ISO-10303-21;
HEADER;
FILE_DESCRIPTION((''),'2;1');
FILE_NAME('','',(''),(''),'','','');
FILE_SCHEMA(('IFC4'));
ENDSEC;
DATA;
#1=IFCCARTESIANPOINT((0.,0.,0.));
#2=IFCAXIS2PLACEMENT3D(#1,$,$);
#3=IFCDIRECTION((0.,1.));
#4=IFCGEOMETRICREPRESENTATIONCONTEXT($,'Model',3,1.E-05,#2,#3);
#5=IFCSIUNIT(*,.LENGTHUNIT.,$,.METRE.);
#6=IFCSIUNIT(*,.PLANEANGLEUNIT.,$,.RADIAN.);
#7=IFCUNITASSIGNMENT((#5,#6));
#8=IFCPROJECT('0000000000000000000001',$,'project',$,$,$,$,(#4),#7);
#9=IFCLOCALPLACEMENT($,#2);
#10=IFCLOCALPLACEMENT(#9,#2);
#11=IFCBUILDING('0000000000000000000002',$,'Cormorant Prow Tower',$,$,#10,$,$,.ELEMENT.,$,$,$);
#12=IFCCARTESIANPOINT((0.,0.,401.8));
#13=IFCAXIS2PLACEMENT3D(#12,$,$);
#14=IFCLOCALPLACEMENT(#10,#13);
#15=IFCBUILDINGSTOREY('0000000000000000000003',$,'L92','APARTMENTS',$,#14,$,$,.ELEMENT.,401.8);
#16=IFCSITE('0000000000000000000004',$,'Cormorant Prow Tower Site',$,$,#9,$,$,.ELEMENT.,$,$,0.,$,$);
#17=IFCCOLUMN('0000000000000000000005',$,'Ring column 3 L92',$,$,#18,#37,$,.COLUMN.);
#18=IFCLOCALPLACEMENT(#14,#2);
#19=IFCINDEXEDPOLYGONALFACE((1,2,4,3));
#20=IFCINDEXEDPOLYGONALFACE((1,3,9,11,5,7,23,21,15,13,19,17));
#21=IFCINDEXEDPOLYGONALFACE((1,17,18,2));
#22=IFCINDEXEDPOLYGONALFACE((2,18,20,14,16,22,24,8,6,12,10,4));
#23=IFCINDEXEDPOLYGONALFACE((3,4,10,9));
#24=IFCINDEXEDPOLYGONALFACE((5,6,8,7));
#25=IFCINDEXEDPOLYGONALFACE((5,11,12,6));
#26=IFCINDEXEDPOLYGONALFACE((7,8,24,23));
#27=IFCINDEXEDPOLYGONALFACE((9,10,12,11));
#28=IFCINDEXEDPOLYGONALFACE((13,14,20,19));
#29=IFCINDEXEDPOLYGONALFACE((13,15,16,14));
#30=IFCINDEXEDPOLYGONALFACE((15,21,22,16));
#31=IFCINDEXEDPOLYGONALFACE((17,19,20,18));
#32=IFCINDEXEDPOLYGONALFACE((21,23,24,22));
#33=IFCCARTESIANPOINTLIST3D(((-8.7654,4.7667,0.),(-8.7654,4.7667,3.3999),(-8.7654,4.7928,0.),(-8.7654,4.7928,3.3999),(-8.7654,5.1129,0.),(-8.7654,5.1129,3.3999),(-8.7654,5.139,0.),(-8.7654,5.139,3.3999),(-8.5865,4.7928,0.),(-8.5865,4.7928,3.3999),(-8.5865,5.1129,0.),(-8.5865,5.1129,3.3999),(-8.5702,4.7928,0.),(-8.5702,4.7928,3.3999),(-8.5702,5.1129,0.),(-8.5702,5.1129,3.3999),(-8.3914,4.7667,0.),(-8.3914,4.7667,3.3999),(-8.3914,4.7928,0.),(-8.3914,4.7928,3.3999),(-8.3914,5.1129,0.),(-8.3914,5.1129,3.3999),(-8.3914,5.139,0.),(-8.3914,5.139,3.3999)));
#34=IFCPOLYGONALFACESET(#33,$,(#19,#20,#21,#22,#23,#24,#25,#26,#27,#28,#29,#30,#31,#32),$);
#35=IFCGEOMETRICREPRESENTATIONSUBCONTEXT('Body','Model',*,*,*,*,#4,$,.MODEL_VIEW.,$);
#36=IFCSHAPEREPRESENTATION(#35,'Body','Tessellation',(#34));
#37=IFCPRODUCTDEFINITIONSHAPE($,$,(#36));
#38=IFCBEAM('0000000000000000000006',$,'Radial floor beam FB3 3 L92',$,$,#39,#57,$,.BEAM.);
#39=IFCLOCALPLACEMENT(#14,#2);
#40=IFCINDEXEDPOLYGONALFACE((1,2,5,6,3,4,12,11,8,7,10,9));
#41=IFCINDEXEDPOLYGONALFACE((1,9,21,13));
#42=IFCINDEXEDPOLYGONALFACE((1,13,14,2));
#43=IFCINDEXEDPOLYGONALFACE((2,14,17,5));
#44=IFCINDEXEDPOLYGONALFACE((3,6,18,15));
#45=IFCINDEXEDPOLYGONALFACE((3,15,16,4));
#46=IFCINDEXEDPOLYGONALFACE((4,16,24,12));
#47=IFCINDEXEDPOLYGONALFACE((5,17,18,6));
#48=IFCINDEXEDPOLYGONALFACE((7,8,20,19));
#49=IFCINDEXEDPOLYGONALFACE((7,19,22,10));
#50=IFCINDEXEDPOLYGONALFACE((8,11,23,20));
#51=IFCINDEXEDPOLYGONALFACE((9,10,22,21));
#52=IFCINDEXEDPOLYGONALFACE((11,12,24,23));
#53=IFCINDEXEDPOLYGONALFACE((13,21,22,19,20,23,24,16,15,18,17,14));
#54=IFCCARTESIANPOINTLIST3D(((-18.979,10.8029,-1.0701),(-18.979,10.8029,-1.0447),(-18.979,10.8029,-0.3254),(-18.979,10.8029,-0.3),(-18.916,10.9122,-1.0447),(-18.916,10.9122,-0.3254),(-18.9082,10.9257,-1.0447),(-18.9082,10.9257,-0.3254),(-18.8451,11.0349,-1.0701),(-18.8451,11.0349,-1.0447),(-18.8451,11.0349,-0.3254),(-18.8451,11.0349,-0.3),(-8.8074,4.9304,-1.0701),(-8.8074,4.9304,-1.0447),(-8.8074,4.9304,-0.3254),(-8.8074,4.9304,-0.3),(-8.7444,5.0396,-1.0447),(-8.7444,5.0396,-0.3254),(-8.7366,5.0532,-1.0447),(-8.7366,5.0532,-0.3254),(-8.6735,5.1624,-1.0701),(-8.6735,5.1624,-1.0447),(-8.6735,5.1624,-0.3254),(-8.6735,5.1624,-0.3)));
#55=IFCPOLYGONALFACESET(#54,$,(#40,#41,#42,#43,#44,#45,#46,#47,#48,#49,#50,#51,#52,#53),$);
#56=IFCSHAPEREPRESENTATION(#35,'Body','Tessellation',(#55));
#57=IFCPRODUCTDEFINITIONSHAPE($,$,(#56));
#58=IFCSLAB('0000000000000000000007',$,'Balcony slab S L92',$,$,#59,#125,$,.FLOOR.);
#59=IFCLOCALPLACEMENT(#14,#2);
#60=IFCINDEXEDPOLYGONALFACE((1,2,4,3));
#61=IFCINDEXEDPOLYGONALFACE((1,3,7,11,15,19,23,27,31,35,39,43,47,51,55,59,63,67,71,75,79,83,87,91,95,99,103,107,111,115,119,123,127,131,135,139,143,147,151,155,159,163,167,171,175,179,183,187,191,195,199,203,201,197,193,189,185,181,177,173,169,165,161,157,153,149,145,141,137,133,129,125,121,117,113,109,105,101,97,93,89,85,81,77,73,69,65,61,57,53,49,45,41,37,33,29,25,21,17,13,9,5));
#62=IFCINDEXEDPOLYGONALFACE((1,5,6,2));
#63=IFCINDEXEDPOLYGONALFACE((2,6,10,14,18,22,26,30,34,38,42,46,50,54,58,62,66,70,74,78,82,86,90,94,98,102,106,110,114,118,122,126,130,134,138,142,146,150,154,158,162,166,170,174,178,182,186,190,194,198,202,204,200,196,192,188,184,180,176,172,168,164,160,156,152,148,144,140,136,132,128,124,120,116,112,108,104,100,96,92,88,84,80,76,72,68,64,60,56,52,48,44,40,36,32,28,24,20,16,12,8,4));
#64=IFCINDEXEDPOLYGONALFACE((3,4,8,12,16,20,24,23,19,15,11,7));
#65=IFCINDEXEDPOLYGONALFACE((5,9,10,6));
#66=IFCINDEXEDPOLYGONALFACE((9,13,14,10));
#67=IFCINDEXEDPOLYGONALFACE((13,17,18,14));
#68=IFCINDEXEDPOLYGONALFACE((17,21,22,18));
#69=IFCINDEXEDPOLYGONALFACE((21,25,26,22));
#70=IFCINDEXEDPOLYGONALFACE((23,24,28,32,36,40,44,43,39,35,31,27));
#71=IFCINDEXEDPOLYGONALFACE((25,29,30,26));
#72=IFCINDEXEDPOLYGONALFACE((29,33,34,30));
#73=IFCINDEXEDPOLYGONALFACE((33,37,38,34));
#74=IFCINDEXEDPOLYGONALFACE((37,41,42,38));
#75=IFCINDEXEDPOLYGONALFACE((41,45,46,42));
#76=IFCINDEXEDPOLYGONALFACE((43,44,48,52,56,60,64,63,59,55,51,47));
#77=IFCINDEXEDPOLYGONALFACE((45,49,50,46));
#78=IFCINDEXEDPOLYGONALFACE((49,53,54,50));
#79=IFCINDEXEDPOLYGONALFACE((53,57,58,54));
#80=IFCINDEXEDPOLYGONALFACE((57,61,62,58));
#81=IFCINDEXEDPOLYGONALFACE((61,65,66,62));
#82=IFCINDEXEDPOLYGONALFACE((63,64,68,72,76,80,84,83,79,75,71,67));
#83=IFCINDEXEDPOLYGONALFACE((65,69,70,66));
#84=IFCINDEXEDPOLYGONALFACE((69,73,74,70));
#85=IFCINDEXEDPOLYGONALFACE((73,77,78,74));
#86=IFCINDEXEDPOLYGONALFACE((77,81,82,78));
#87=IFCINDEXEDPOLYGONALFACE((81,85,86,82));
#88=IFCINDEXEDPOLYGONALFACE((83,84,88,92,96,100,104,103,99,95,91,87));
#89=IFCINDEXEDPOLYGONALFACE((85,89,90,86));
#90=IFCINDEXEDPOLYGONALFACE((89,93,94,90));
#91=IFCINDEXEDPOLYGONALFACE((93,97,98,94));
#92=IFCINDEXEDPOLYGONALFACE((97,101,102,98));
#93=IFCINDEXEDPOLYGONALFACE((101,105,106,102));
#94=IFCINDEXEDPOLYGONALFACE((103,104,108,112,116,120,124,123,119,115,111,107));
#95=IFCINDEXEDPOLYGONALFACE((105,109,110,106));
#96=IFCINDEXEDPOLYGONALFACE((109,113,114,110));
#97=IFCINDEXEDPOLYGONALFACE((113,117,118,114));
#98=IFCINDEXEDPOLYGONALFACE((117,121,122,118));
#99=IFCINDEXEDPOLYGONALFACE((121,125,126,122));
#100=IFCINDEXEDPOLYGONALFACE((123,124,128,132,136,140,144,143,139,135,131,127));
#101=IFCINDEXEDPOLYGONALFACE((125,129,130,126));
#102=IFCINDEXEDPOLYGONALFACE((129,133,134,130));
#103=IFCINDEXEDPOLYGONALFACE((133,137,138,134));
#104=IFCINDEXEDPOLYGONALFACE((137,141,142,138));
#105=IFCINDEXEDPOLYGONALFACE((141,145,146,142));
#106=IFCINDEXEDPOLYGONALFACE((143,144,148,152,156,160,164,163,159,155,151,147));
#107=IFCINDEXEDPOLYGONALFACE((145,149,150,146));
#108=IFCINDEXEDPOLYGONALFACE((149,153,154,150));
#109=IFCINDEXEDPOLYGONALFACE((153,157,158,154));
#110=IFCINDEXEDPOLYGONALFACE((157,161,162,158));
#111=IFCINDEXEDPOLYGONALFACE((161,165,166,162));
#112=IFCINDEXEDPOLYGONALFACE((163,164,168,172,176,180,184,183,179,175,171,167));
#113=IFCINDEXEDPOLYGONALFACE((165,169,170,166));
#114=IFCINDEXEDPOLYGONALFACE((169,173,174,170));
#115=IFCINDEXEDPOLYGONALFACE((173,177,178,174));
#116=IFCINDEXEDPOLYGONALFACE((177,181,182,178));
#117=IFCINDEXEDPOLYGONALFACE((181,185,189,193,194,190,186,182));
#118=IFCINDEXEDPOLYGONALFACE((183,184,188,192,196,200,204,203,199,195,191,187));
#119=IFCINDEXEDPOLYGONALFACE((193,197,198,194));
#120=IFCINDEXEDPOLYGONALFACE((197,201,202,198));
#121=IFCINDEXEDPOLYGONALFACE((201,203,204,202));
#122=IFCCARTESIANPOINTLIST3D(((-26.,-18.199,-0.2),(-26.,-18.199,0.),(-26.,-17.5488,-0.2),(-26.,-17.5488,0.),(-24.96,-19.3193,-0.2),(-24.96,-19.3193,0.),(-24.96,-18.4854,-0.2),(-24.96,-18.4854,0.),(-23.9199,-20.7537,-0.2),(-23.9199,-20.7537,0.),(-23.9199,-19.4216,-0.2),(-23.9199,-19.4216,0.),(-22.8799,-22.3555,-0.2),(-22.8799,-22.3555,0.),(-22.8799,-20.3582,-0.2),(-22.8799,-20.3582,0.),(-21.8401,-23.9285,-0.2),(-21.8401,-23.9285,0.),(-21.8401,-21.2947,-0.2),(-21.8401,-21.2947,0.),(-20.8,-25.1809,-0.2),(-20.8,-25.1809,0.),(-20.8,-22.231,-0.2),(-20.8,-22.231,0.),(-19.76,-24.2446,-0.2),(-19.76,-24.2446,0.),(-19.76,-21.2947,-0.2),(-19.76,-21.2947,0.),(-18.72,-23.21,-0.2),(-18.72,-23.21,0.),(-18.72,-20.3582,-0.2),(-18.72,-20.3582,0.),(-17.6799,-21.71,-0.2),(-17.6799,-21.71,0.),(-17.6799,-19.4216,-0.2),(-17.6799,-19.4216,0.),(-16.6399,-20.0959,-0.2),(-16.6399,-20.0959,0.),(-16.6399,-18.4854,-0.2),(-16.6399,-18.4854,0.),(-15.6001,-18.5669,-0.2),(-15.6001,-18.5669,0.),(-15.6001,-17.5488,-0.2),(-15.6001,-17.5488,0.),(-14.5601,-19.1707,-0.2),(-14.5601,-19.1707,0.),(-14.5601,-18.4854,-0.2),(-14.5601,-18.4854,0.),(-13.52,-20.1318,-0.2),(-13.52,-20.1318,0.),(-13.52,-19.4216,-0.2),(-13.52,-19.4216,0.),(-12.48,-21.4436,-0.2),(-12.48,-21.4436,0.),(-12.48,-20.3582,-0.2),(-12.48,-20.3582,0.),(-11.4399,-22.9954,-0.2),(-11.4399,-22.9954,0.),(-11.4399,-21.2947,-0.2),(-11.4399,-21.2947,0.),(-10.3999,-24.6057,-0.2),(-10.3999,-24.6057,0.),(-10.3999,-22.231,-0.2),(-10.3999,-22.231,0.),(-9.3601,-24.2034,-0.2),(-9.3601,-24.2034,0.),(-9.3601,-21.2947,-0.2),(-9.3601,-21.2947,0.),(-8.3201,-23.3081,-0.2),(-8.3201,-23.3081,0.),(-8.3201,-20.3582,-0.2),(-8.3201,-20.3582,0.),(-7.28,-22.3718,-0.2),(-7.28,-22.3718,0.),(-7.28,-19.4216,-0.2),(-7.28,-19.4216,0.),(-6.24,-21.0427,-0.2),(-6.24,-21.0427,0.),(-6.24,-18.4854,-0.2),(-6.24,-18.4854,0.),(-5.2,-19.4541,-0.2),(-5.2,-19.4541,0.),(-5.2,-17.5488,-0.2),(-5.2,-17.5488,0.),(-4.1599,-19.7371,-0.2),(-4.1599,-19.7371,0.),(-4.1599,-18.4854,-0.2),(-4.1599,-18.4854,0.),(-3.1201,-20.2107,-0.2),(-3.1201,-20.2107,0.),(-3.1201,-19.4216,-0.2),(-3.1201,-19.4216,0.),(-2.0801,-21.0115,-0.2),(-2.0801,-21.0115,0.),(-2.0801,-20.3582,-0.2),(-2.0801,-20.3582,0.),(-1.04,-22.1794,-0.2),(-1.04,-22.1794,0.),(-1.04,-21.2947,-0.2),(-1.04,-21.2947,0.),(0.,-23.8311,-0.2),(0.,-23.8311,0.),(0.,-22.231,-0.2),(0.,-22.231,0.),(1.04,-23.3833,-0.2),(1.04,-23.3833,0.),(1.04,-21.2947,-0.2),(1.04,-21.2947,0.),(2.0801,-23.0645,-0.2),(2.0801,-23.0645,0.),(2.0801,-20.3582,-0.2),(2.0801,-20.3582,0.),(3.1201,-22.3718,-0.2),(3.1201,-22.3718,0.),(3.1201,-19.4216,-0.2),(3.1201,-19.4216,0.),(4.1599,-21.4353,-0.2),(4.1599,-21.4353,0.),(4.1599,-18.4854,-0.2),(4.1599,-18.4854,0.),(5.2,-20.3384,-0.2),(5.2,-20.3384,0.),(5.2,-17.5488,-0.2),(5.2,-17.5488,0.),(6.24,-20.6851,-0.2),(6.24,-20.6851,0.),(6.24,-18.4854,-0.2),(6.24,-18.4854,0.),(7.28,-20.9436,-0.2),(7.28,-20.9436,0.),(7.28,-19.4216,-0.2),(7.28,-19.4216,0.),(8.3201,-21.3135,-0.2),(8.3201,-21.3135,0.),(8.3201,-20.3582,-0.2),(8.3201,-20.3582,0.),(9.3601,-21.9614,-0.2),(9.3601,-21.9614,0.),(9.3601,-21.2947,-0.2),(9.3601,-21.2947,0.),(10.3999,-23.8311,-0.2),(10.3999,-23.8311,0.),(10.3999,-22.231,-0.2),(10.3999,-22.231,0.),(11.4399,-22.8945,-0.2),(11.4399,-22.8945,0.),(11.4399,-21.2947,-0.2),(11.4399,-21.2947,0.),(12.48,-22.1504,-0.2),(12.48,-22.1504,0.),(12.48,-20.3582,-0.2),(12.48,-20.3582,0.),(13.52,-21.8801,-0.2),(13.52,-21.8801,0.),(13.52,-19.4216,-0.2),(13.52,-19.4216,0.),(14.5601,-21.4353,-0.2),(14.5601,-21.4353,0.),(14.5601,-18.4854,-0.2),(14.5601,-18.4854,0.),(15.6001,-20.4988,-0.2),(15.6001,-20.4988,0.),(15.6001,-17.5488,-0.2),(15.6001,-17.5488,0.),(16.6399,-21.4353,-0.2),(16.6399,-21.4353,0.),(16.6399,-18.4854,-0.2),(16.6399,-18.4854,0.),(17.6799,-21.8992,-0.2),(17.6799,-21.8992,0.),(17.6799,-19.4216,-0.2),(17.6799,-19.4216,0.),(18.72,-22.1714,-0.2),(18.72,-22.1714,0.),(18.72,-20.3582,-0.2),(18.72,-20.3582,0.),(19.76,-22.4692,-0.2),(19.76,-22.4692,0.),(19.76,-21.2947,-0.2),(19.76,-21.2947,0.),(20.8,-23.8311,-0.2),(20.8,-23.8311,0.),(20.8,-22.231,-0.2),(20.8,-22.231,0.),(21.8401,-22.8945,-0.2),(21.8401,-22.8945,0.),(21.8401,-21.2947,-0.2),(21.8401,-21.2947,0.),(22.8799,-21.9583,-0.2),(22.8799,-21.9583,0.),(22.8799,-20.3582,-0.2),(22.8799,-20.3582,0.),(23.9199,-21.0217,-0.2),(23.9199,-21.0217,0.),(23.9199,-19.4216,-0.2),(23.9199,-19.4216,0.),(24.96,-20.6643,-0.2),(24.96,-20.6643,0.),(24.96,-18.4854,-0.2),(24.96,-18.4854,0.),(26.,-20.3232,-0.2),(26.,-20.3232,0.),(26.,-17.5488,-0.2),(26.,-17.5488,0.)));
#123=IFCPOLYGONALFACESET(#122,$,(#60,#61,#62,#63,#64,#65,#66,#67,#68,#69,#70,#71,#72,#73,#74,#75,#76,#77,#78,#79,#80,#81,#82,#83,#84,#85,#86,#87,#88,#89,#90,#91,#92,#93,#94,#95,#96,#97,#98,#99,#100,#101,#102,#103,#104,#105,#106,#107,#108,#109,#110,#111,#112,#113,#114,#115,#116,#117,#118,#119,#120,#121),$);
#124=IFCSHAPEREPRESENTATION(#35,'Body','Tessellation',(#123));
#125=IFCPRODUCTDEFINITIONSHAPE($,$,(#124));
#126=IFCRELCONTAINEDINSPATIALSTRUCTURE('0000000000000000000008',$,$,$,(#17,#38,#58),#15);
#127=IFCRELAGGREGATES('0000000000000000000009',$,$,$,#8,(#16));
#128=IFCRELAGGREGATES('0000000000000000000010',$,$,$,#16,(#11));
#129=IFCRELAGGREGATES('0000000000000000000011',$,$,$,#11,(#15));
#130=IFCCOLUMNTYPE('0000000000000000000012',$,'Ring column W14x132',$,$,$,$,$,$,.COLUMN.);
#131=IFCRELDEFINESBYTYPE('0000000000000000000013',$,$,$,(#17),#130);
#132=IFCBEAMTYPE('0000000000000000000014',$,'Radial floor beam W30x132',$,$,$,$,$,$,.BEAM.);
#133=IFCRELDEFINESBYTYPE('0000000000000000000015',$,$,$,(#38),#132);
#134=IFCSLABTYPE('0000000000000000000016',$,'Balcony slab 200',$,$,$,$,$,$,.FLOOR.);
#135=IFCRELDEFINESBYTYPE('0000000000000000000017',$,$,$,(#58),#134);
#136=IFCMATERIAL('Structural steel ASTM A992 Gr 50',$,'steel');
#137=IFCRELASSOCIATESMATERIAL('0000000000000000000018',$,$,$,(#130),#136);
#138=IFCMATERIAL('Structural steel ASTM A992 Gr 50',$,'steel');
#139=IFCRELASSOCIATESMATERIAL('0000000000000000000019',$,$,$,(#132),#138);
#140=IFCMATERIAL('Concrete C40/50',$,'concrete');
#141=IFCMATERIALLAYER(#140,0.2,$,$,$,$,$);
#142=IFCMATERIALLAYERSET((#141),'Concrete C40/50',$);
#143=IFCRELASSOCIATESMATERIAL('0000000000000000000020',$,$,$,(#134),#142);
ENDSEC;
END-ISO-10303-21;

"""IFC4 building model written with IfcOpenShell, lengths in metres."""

from ifc_helpers import new_model, si_unit, direction, frame, origin, origin_2d, place, context, subcontext, project, spatial, polyline, i_section, outline, extrude, material, layer, layer_set, material_profile, profile_set, type_object, element, save


model = new_model("IFC4")

# Units and contexts
model_context = context("Model", 3, precision=1e-05, world=origin(), true_north=direction((0.0, 1.0)))
body_context = subcontext(model_context, "Body", "Model", "MODEL_VIEW")
ifc_project = project(units=[si_unit("LENGTHUNIT", "METRE"), si_unit("PLANEANGLEUNIT", "RADIAN")], contexts=[model_context])

# Site, building, storey
site_placement = place(None, origin())
site = spatial("IfcSite", under=ifc_project, at=site_placement, Name="Cormorant Prow Tower Site", CompositionType="ELEMENT", RefElevation=0.0)
building_placement = place(site_placement, origin())
building = spatial("IfcBuilding", under=site, at=building_placement, Name="Cormorant Prow Tower", CompositionType="ELEMENT")
storey_placement = place(building_placement, frame((0.0, 0.0, 401.8)))
storey = spatial("IfcBuildingStorey", under=building, at=storey_placement, Name="L92", Description="APARTMENTS", CompositionType="ELEMENT", Elevation=401.8)

# Column
ifc_material_1 = material(Name="Structural steel ASTM A992 Gr 50", Category="steel")
ifc_material_profile_1 = material_profile(ifc_material_1, i_section(OverallWidth=0.374, OverallDepth=0.3723, WebThickness=0.0164, FlangeThickness=0.0261, at=origin_2d()), Name="W14x132")
ifc_profile_set_1 = profile_set([ifc_material_profile_1], Name="Structural steel ASTM A992 Gr 50")
column_type = type_object("IfcColumnType", Name="Ring column W14x132", PredefinedType="COLUMN", material=ifc_profile_set_1)
column_placement = place(storey_placement, frame((-8.5784, 4.9529, 0.0), z_axis=(0.0, 0.0, 1.0), x_axis=(1.0, 0.0, 0.0)))
element("IfcColumn", 1, at=column_placement, inside=storey, type_object=column_type, Name="Ring column 3 L92", PredefinedType="COLUMN", context=body_context, shape_type="SweptSolid", body=[
    extrude(i_section(OverallWidth=0.374, OverallDepth=0.3723, WebThickness=0.0164, FlangeThickness=0.0261, at=origin_2d()), origin(), (0.0, 0.0, 1.0), 3.3999),
])

# Beam
ifc_material_2 = material(Name="Structural steel ASTM A992 Gr 50", Category="steel")
ifc_material_profile_2 = material_profile(ifc_material_2, i_section(OverallWidth=0.2678, OverallDepth=0.77, WebThickness=0.0156, FlangeThickness=0.0254, at=origin_2d()), Name="W30x132")
ifc_profile_set_2 = profile_set([ifc_material_profile_2], Name="Structural steel ASTM A992 Gr 50")
beam_type = type_object("IfcBeamType", Name="Radial floor beam W30x132", PredefinedType="BEAM", material=ifc_profile_set_2)
beam_placement = place(storey_placement, frame((-8.7405, 5.0464, -0.6851), z_axis=(-0.866027, 0.499998, 0.0), x_axis=(-0.499998, -0.866027, 0.0)))
element("IfcBeam", 2, at=beam_placement, inside=storey, type_object=beam_type, Name="Radial floor beam FB3 3 L92", PredefinedType="BEAM", context=body_context, shape_type="SweptSolid", body=[
    extrude(i_section(OverallWidth=0.2678, OverallDepth=0.77, WebThickness=0.0156, FlangeThickness=0.0254, at=origin_2d()), origin(), (0.0, 0.0, 1.0), 11.7451),
])

# Slab
ifc_material_3 = material(Name="Concrete C40/50", Category="concrete")
ifc_layer_1 = layer(ifc_material_3, 0.2)
ifc_layer_set_1 = layer_set([ifc_layer_1], Name="Concrete C40/50")
slab_type_1 = type_object("IfcSlabType", Name="Balcony slab 200", PredefinedType="FLOOR", material=ifc_layer_set_1)
slab_1_placement = place(storey_placement, frame((0.0, 0.0, -0.2)))
element("IfcSlab", 3, at=slab_1_placement, inside=storey, type_object=slab_type_1, Name="Balcony slab S L92", PredefinedType="FLOOR", context=body_context, shape_type="SweptSolid", body=[
    extrude(outline(polyline([(-26.0, -17.5488), (-26.0, -18.199), (-24.96, -19.3193), (-23.9199, -20.7537), (-22.8799, -22.3555), (-21.8401, -23.9285), (-20.8, -25.1809), (-19.76, -24.2446), (-18.72, -23.21), (-17.6799, -21.71), (-16.6399, -20.0959), (-15.6001, -18.5669), (-14.5601, -19.1707), (-13.52, -20.1318), (-12.48, -21.4436), (-11.4399, -22.9954), (-10.3999, -24.6057), (-9.3601, -24.2034), (-8.3201, -23.3081), (-7.28, -22.3718), (-6.24, -21.0427), (-5.2, -19.4541), (-4.1599, -19.7371), (-3.1201, -20.2107), (-2.0801, -21.0115), (-1.04, -22.1794), (0.0, -23.8311), (1.04, -23.3833), (2.0801, -23.0645), (3.1201, -22.3718), (4.1599, -21.4353), (5.2, -20.3384), (6.24, -20.6851), (7.28, -20.9436), (8.3201, -21.3135), (9.3601, -21.9614), (10.3999, -23.8311), (11.4399, -22.8945), (12.48, -22.1504), (13.52, -21.8801), (14.5601, -21.4353), (15.6001, -20.4988), (16.6399, -21.4353), (17.6799, -21.8992), (18.72, -22.1714), (19.76, -22.4692), (20.8, -23.8311), (21.8401, -22.8945), (22.8799, -21.9583), (23.9199, -21.0217), (24.96, -20.6643), (26.0, -20.3232), (26.0, -17.5488), (24.96, -18.4854), (23.9199, -19.4216), (22.8799, -20.3582), (21.8401, -21.2947), (20.8, -22.231), (19.76, -21.2947), (18.72, -20.3582), (17.6799, -19.4216), (16.6399, -18.4854), (15.6001, -17.5488), (14.5601, -18.4854), (13.52, -19.4216), (12.48, -20.3582), (11.4399, -21.2947), (10.3999, -22.231), (9.3601, -21.2947), (8.3201, -20.3582), (7.28, -19.4216), (6.24, -18.4854), (5.2, -17.5488), (4.1599, -18.4854), (3.1201, -19.4216), (2.0801, -20.3582), (1.04, -21.2947), (0.0, -22.231), (-1.04, -21.2947), (-2.0801, -20.3582), (-3.1201, -19.4216), (-4.1599, -18.4854), (-5.2, -17.5488), (-6.24, -18.4854), (-7.28, -19.4216), (-8.3201, -20.3582), (-9.3601, -21.2947), (-10.3999, -22.231), (-11.4399, -21.2947), (-12.48, -20.3582), (-13.52, -19.4216), (-14.5601, -18.4854), (-15.6001, -17.5488), (-16.6399, -18.4854), (-17.6799, -19.4216), (-18.72, -20.3582), (-19.76, -21.2947), (-20.8, -22.231), (-21.8401, -21.2947), (-22.8799, -20.3582), (-23.9199, -19.4216), (-24.96, -18.4854), (-26.0, -17.5488)])), origin(), (0.0, 0.0, 1.0), 0.2),
])

save(model, "model.ifc")
